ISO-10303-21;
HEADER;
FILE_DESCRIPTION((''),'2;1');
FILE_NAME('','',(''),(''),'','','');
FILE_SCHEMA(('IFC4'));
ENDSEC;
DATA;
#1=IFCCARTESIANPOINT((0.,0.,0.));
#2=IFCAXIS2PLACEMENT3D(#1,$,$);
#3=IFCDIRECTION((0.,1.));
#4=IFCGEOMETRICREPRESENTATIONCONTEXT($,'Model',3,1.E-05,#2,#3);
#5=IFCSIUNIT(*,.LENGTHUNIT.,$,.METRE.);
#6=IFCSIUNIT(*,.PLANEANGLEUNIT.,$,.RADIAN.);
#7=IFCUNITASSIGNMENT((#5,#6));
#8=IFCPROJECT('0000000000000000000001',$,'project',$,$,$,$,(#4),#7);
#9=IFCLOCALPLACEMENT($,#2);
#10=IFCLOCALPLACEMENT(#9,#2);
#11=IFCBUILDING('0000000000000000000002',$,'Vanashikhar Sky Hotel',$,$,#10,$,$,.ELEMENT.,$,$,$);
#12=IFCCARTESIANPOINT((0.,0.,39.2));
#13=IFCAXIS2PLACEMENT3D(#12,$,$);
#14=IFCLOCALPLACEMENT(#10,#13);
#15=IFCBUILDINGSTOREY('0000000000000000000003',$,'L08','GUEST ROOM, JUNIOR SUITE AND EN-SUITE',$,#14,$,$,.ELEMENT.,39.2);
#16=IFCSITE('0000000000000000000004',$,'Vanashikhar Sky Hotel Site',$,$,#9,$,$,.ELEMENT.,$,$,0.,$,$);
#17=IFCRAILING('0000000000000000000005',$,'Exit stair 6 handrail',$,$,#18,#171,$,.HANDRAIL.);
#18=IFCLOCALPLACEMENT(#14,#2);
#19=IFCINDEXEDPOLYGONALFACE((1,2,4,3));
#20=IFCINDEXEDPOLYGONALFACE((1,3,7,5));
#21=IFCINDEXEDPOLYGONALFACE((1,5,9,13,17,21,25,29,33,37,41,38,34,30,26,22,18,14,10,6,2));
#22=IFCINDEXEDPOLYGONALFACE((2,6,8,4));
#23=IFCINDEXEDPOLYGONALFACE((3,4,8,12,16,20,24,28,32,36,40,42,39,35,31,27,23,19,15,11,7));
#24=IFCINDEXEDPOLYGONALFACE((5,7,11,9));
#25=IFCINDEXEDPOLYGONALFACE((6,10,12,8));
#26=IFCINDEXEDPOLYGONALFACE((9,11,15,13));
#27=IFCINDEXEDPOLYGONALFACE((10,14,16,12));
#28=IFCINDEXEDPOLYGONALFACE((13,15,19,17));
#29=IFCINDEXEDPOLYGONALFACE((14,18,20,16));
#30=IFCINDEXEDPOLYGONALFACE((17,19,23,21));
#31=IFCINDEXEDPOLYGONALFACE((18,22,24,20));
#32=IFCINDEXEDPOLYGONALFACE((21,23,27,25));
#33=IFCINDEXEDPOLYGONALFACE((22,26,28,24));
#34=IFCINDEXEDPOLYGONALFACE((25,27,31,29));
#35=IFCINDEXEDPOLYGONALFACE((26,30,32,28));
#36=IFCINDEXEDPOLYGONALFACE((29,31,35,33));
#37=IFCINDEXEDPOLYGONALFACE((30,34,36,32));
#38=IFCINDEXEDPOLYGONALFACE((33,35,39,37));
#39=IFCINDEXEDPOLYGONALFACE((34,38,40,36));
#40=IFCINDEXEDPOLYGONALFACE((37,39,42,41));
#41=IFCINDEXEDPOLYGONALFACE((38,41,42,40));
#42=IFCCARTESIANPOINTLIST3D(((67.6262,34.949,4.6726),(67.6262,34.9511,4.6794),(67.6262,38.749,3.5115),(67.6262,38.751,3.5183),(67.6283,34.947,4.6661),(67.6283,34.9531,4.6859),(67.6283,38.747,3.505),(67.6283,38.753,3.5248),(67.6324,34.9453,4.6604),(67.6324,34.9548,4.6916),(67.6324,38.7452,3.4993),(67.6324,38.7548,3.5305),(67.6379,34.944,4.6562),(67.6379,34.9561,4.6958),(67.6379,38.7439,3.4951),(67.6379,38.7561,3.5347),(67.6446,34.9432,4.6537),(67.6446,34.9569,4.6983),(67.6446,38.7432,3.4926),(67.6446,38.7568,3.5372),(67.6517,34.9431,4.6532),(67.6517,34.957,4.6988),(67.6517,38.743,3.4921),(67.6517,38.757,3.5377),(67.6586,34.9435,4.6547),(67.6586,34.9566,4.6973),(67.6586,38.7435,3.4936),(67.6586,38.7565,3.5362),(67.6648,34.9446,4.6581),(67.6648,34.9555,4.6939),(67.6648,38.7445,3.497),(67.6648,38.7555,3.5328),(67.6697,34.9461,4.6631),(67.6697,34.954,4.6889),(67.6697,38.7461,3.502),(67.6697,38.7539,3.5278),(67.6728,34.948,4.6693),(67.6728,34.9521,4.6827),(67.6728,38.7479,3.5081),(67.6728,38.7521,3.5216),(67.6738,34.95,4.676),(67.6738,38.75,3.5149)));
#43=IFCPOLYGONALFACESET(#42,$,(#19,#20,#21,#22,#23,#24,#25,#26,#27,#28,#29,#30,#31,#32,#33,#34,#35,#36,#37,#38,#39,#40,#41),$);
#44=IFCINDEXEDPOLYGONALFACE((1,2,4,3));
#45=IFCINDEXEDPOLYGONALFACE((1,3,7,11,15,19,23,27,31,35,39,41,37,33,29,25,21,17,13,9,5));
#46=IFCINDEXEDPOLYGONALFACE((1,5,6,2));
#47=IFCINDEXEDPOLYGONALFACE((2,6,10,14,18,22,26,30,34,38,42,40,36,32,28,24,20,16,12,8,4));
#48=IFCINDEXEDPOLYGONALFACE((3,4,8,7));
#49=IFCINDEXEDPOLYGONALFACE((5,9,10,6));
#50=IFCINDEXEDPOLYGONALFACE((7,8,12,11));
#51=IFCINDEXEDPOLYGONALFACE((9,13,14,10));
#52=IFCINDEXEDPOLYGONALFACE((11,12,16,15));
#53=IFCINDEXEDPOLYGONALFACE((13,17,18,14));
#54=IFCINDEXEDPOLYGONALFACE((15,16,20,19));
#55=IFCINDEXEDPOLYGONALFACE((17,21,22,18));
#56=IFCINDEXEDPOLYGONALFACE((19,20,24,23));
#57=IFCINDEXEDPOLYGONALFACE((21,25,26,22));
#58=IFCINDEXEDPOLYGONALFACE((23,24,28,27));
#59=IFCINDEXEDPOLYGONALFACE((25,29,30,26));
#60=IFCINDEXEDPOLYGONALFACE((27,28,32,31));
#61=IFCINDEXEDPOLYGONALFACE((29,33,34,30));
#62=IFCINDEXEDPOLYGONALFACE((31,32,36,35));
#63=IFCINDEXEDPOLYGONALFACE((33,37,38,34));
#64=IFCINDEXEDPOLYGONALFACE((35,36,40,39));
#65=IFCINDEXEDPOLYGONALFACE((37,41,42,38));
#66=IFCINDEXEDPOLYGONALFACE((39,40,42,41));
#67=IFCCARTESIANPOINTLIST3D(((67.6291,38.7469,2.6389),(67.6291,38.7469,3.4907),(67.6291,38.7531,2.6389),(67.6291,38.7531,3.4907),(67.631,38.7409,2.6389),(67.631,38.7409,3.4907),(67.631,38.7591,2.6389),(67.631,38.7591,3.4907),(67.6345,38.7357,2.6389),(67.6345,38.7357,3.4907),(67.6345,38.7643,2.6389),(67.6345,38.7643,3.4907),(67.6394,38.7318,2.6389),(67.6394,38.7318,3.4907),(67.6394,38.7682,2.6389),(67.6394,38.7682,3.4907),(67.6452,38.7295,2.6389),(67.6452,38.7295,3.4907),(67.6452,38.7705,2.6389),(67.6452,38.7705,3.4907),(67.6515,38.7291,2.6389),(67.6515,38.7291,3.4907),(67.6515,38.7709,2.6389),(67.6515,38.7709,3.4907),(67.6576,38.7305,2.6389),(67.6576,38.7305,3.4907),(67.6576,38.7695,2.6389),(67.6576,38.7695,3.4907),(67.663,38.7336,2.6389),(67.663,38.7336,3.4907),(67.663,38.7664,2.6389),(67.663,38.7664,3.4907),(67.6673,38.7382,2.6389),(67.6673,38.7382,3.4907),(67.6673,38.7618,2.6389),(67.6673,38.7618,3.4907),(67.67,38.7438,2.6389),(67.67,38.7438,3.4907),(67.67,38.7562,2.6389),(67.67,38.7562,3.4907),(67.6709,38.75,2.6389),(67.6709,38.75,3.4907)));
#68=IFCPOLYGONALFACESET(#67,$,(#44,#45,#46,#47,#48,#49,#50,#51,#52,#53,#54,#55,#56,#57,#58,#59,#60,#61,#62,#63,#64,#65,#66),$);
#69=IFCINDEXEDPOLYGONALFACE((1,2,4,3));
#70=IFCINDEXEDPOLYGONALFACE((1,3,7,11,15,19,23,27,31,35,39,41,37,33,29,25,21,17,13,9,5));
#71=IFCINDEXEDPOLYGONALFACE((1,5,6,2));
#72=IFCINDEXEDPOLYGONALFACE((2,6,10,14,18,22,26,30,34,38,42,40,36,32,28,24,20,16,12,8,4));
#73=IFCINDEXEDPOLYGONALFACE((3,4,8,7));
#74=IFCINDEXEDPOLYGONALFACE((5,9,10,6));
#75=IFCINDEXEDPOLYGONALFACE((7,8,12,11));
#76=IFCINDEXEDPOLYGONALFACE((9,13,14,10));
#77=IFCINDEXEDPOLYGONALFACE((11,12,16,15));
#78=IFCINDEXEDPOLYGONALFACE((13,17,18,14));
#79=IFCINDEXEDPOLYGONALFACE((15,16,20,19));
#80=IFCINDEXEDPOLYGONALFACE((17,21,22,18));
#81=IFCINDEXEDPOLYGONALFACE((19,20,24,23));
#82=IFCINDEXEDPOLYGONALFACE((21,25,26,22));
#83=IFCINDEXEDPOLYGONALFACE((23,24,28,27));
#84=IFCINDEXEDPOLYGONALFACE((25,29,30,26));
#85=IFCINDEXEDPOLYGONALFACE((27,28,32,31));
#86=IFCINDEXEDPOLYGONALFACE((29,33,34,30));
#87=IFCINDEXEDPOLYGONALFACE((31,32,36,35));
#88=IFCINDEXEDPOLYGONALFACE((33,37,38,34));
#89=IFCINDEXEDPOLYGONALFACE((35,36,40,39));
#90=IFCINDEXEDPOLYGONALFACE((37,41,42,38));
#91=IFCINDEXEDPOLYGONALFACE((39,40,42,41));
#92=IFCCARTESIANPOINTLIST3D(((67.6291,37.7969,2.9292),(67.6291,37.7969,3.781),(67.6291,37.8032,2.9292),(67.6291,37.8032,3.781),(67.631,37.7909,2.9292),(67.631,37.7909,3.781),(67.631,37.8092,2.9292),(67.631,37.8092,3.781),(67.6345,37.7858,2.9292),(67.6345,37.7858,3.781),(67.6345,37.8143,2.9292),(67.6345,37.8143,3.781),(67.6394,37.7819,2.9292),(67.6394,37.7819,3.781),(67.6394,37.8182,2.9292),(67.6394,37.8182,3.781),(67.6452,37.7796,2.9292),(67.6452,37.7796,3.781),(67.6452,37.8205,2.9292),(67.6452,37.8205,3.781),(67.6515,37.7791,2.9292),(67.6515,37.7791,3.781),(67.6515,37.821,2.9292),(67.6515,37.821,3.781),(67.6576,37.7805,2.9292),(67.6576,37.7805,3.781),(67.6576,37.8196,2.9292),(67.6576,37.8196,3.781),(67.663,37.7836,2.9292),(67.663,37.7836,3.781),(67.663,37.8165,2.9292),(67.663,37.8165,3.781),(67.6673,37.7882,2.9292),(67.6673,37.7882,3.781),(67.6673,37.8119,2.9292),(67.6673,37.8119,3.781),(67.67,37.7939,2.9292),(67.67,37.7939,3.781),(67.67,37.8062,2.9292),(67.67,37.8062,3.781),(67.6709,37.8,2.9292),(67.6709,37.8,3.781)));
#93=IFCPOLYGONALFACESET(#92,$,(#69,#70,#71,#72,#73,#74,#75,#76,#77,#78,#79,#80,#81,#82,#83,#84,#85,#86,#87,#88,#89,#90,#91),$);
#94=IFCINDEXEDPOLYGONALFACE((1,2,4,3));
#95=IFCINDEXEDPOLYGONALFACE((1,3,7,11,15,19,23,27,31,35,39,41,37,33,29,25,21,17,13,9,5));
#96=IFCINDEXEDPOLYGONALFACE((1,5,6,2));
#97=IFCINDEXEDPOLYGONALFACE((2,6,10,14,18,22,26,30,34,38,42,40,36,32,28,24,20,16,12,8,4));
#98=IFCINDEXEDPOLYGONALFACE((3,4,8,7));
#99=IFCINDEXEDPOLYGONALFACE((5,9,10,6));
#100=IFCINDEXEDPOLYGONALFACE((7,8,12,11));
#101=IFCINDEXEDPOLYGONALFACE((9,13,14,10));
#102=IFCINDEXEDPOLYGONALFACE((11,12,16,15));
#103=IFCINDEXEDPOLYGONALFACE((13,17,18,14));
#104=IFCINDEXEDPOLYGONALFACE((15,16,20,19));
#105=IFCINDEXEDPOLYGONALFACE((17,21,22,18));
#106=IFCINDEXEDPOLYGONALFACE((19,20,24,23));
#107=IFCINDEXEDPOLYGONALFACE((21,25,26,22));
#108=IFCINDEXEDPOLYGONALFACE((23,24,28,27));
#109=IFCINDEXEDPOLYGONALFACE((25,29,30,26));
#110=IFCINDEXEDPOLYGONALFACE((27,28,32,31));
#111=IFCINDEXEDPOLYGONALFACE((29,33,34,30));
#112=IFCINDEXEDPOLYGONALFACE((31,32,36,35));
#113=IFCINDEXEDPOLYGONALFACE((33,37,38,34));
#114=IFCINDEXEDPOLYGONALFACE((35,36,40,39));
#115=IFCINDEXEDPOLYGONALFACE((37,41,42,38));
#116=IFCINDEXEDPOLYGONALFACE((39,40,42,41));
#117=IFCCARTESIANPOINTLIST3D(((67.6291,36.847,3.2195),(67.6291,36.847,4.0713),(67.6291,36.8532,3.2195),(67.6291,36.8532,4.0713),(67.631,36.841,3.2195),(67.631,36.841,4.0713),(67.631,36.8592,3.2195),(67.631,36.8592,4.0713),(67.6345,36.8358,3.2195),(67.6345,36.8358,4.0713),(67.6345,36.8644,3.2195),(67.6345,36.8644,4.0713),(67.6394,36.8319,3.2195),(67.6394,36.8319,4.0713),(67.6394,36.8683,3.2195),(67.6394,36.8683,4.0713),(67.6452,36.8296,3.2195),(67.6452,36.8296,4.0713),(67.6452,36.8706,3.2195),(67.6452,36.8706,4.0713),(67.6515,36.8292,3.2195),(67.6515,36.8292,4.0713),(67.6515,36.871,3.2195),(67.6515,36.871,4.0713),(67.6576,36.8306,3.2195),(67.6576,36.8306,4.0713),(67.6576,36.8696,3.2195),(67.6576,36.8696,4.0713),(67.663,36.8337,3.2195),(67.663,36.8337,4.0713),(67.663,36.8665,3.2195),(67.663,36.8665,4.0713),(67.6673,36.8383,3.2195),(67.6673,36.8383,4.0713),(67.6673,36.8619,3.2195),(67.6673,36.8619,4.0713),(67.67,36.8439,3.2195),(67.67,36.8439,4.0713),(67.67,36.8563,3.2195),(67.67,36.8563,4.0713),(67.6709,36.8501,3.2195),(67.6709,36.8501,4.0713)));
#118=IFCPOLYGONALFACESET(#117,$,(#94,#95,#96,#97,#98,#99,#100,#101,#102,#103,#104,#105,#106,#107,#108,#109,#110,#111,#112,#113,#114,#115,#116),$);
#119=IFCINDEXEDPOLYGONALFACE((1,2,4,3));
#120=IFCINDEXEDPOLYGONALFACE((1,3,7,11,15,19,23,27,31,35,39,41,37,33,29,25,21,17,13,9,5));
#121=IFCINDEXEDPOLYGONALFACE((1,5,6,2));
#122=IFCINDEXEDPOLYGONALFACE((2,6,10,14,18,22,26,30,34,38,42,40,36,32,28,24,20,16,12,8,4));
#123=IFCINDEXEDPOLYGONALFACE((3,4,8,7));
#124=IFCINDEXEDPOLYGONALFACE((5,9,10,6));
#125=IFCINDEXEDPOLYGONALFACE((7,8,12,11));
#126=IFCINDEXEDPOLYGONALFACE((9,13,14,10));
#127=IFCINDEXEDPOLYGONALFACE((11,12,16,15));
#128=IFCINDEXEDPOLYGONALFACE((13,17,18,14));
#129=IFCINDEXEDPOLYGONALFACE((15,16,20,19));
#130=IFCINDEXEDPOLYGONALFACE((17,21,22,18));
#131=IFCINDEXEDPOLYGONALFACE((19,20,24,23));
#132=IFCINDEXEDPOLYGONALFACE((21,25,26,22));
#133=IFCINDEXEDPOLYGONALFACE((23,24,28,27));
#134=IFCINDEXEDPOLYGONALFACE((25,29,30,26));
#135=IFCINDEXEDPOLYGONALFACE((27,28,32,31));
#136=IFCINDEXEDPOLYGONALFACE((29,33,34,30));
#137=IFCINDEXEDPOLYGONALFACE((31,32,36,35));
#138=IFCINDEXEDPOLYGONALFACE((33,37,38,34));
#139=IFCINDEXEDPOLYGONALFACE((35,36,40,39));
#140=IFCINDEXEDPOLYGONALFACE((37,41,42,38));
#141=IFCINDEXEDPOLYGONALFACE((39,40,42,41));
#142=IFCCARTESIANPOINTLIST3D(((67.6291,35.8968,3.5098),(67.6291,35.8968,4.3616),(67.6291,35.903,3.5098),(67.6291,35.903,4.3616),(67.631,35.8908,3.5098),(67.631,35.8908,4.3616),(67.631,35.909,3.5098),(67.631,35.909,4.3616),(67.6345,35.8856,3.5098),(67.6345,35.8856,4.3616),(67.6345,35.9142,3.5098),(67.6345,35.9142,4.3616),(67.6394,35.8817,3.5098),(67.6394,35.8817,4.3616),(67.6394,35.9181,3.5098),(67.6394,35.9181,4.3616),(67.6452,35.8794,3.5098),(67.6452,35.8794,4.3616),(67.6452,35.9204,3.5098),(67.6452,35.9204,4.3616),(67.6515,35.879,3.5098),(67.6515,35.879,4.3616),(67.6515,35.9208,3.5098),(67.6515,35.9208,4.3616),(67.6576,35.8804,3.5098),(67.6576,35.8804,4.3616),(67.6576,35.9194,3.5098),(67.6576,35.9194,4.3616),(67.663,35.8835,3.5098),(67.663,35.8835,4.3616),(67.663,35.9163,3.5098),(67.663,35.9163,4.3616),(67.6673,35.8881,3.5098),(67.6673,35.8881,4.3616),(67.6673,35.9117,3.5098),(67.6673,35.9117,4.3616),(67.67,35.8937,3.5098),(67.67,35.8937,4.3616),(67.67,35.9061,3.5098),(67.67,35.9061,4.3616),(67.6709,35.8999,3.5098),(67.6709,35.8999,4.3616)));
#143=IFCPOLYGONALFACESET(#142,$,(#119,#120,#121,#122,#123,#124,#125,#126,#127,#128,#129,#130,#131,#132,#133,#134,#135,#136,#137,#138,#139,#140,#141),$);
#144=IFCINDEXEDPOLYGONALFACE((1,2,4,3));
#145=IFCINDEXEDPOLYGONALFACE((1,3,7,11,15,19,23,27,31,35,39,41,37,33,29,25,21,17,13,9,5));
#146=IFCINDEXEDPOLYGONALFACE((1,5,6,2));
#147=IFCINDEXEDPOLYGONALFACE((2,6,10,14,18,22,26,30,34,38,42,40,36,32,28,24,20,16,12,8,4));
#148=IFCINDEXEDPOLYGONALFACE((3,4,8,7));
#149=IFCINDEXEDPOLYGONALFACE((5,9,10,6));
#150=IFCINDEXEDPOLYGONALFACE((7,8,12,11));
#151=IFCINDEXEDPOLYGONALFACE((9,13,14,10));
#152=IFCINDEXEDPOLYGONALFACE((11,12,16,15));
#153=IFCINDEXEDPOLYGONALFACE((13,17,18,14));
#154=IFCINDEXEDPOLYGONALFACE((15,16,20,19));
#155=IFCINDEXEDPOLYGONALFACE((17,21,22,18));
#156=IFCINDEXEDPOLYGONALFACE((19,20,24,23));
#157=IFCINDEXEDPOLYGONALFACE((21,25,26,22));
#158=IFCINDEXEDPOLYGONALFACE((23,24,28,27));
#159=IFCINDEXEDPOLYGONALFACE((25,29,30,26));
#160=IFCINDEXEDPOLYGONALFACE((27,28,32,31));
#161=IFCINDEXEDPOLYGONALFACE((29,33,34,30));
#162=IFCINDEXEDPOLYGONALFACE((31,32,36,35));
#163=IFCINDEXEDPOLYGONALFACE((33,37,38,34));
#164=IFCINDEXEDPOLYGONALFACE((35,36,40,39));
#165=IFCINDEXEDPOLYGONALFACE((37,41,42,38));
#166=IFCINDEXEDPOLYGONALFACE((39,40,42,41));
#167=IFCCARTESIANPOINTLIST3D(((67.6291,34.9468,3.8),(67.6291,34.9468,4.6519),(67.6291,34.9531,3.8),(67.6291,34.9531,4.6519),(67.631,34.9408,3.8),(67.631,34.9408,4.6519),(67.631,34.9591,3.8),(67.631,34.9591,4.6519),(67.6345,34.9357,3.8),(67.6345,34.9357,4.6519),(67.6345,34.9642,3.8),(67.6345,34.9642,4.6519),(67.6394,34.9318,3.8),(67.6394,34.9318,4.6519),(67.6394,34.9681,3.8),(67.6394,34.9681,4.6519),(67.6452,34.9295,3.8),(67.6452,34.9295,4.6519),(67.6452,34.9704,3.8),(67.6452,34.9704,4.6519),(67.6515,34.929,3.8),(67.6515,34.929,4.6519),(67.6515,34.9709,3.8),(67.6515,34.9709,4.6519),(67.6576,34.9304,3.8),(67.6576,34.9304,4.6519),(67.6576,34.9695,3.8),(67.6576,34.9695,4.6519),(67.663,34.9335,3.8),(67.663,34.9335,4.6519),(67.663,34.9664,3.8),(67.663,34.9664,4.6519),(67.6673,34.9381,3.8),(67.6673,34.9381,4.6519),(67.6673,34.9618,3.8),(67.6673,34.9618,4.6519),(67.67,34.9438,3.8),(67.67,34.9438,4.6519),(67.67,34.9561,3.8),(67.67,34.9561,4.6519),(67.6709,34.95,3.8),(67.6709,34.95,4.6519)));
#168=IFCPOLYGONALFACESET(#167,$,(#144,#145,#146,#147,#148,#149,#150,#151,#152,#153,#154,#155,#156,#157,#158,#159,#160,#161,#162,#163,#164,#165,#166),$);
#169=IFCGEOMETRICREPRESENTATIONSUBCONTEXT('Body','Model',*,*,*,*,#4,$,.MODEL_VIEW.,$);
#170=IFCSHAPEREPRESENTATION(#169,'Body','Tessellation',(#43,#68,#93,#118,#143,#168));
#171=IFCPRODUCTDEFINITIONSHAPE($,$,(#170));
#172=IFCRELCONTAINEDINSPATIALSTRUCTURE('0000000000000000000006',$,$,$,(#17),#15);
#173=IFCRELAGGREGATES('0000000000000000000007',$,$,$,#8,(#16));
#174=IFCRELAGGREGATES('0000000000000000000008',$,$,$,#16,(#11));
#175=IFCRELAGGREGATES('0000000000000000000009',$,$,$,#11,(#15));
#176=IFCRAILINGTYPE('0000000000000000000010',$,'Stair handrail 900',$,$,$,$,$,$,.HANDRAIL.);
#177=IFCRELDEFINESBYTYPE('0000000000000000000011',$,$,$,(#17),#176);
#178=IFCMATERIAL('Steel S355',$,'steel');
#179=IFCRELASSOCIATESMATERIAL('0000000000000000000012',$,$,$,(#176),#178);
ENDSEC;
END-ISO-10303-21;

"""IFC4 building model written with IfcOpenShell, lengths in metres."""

from ifc_helpers import new_model, si_unit, direction, frame, origin, origin_2d, place, context, subcontext, project, spatial, circle, extrude, source, transform, mapped, material, type_object, element, save


model = new_model("IFC4")

# Units and contexts
model_context = context("Model", 3, precision=1e-05, world=origin(), true_north=direction((0.0, 1.0)))
body_context = subcontext(model_context, "Body", "Model", "MODEL_VIEW")
ifc_project = project(units=[si_unit("LENGTHUNIT", "METRE"), si_unit("PLANEANGLEUNIT", "RADIAN")], contexts=[model_context])

# Site, building, storey
site_placement = place(None, origin())
site = spatial("IfcSite", under=ifc_project, at=site_placement, Name="Vanashikhar Sky Hotel Site", CompositionType="ELEMENT", RefElevation=0.0)
building_placement = place(site_placement, origin())
building = spatial("IfcBuilding", under=site, at=building_placement, Name="Vanashikhar Sky Hotel", CompositionType="ELEMENT")
storey_placement = place(building_placement, frame((0.0, 0.0, 39.2)))
storey = spatial("IfcBuildingStorey", under=building, at=storey_placement, Name="L08", Description="GUEST ROOM, JUNIOR SUITE AND EN-SUITE", CompositionType="ELEMENT", Elevation=39.2)

# Railing
ifc_material_1 = material(Name="Steel S355", Category="steel")
railing_type_1 = type_object("IfcRailingType", Name="Stair handrail 900", PredefinedType="HANDRAIL", material=ifc_material_1)
shared_shape_1 = source(origin(), body_context, "Body", "SweptSolid", [
    extrude(circle(Radius=0.0239, at=origin_2d()), frame((0.0, 0.0, 0.876), z_axis=(0.0, -0.956351, 0.29222), x_axis=(1.0, 0.0, 0.0)), (0.0, 0.0, 1.0), 3.9734),
    extrude(circle(Radius=0.021, at=origin_2d()), origin(), (0.0, 0.0, 1.0), 0.8518),
    extrude(circle(Radius=0.021, at=origin_2d()), frame((0.0, -0.95, 0.2903)), (0.0, 0.0, 1.0), 0.8518),
    extrude(circle(Radius=0.021, at=origin_2d()), frame((0.0, -1.8999, 0.5806)), (0.0, 0.0, 1.0), 0.8518),
    extrude(circle(Radius=0.021, at=origin_2d()), frame((0.0, -2.8501, 0.8708)), (0.0, 0.0, 1.0), 0.8518),
    extrude(circle(Radius=0.021, at=origin_2d()), frame((0.0, -3.8, 1.1611)), (0.0, 0.0, 1.0), 0.8518),
])
railing_1_placement = place(storey_placement, frame((67.6499, 38.75, 2.6389)))
element("IfcRailing", 1, at=railing_1_placement, inside=storey, type_object=railing_type_1, Name="Exit stair 6 handrail", PredefinedType="HANDRAIL", context=body_context, shape_type="MappedRepresentation", body=[
    mapped(shared_shape_1, transform((0.0, 0.0, 0.0), scale=1.0)),
])

save(model, "model.ifc")
